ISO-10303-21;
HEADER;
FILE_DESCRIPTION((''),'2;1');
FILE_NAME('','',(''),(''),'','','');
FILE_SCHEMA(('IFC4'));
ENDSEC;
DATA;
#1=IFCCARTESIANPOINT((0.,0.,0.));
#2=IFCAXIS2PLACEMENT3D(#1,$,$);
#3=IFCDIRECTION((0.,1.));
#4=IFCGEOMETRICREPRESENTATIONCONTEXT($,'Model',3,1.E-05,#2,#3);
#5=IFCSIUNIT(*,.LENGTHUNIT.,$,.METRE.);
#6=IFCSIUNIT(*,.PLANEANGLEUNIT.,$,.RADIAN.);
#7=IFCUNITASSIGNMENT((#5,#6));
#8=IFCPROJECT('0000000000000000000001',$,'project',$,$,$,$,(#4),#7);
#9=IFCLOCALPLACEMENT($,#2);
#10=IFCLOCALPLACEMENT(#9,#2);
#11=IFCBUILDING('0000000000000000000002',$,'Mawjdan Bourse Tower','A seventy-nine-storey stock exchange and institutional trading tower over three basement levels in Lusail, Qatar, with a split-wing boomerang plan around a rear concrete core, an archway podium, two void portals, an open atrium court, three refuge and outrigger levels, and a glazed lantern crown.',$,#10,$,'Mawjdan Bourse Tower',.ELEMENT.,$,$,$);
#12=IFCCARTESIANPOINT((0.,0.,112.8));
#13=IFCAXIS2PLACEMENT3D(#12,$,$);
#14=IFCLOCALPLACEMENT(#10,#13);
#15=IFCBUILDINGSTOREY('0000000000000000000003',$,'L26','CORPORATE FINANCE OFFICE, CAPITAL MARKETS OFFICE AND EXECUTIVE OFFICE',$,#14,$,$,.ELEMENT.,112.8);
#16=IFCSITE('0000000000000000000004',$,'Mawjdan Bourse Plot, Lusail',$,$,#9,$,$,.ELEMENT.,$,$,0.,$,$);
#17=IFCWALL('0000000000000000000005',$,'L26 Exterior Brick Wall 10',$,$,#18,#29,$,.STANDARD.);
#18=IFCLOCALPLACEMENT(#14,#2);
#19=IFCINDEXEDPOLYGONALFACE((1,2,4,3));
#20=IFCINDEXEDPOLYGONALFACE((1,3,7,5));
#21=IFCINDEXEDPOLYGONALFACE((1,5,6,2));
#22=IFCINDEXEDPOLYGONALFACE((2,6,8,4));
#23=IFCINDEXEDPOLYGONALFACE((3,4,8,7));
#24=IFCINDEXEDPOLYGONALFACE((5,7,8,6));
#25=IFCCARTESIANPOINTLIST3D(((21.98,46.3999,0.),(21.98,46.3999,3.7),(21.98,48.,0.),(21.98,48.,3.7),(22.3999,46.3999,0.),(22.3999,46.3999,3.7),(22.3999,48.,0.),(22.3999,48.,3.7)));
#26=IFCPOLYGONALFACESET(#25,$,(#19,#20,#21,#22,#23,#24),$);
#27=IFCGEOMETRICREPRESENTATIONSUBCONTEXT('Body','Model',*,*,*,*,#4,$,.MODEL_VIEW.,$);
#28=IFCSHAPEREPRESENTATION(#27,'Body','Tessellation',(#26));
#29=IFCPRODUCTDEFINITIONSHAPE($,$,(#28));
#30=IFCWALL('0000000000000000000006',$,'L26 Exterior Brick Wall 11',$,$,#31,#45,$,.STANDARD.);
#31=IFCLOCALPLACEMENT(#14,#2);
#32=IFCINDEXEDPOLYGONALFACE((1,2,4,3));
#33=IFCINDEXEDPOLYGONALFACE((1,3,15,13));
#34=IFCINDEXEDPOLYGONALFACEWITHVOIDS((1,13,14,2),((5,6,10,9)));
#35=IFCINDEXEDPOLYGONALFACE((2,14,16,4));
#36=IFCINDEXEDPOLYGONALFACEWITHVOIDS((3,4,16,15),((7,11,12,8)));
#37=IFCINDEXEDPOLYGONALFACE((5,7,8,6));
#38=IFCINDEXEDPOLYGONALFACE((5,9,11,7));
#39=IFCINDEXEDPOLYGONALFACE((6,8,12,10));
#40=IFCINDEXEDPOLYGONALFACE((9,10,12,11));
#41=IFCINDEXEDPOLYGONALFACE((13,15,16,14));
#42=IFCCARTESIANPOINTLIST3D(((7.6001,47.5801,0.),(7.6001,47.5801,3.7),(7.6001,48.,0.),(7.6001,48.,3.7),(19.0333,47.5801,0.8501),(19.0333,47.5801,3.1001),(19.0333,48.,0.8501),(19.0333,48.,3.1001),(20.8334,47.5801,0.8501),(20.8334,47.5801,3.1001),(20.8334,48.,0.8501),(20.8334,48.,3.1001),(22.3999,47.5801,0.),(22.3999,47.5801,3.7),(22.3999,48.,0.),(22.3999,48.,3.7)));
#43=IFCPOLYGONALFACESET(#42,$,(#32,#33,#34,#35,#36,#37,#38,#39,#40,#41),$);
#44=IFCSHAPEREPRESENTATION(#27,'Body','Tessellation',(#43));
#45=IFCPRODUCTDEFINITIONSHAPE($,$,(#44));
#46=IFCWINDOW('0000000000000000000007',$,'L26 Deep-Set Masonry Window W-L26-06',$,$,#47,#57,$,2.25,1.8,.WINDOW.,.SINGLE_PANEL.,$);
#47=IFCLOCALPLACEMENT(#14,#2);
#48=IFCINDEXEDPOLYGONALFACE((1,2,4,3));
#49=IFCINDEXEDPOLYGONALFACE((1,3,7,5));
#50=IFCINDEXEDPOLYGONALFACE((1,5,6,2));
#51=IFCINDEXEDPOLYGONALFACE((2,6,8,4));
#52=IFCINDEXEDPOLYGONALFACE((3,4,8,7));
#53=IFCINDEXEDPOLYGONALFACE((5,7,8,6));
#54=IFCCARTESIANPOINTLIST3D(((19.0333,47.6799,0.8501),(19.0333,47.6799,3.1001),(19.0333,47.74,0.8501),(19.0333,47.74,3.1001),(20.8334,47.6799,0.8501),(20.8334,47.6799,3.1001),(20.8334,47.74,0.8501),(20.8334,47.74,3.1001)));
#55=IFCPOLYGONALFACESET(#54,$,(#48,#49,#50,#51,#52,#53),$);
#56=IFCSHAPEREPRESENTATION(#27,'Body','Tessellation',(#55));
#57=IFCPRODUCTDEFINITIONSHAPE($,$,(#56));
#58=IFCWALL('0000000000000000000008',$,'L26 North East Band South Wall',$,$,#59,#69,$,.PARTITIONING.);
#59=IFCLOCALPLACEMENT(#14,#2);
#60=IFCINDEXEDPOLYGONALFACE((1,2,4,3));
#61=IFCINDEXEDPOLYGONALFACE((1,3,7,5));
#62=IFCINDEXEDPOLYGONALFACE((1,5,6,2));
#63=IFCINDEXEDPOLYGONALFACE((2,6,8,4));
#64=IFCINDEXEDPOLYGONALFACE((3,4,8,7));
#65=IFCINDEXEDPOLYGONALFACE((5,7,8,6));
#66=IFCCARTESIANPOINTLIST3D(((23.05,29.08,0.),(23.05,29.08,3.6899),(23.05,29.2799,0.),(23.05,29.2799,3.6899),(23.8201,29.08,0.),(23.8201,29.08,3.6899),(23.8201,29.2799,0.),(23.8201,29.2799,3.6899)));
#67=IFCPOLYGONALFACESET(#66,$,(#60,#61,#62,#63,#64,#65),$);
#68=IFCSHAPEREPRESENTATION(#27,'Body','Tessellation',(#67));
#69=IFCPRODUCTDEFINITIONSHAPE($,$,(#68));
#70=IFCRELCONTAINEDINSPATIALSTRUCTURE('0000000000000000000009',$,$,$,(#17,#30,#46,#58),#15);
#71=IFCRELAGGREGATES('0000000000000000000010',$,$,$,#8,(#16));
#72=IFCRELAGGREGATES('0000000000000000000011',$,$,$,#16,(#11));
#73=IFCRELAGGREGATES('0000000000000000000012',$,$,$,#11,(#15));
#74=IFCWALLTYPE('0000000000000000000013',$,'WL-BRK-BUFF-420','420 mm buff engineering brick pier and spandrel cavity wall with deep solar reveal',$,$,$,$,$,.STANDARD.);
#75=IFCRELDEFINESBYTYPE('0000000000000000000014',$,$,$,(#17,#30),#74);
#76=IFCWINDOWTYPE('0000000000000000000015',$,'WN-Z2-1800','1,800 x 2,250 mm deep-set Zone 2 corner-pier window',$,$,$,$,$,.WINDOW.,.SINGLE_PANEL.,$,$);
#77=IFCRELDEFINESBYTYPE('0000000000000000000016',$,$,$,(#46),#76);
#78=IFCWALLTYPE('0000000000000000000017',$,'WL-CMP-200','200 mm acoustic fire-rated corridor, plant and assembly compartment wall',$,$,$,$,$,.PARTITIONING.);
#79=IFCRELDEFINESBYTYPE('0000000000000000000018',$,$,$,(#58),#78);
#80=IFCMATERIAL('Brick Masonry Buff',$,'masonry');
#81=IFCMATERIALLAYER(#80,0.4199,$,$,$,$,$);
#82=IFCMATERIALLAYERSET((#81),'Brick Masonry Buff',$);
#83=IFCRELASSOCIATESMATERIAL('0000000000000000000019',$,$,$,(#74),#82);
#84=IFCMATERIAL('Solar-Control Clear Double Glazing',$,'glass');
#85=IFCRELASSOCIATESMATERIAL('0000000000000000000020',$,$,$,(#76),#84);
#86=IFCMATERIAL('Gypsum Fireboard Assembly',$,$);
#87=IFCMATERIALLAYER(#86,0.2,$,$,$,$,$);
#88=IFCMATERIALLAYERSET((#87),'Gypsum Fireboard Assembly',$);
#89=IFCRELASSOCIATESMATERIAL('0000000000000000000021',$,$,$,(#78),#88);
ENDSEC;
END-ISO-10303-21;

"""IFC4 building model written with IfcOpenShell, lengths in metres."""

from ifc_helpers import new_model, si_unit, direction, frame, frame_2d, origin, place, context, subcontext, project, spatial, rectangle, extrude, material, layer, layer_set, type_object, element, fill, save


model = new_model("IFC4")

# Units and contexts
model_context = context("Model", 3, precision=1e-05, world=origin(), true_north=direction((0.0, 1.0)))
body_context = subcontext(model_context, "Body", "Model", "MODEL_VIEW")
ifc_project = project(units=[si_unit("LENGTHUNIT", "METRE"), si_unit("PLANEANGLEUNIT", "RADIAN")], contexts=[model_context])

# Site, building, storey
site_placement = place(None, origin())
site = spatial("IfcSite", under=ifc_project, at=site_placement, Name="Mawjdan Bourse Plot, Lusail", CompositionType="ELEMENT", RefElevation=0.0)
building_placement = place(site_placement, origin())
building = spatial("IfcBuilding", under=site, at=building_placement, Name="Mawjdan Bourse Tower", Description="A seventy-nine-storey stock exchange and institutional trading tower over three basement levels in Lusail, Qatar, with a split-wing boomerang plan around a rear concrete core, an archway podium, two void portals, an open atrium court, three refuge and outrigger levels, and a glazed lantern crown.", LongName="Mawjdan Bourse Tower", CompositionType="ELEMENT")
storey_placement = place(building_placement, frame((0.0, 0.0, 112.8)))
storey = spatial("IfcBuildingStorey", under=building, at=storey_placement, Name="L26", Description="CORPORATE FINANCE OFFICE, CAPITAL MARKETS OFFICE AND EXECUTIVE OFFICE", CompositionType="ELEMENT", Elevation=112.8)

# Wall
ifc_material_1 = material(Name="Brick Masonry Buff", Category="masonry")
ifc_layer_1 = layer(ifc_material_1, 0.4199)
ifc_layer_set_1 = layer_set([ifc_layer_1], Name="Brick Masonry Buff")
wall_type_1 = type_object("IfcWallType", Name="WL-BRK-BUFF-420", Description="420 mm buff engineering brick pier and spandrel cavity wall with deep solar reveal", PredefinedType="STANDARD", material=ifc_layer_set_1)
for number, where, z_axis, x_axis, name in (
    (1, (22.1899, 46.3999, 0.0), (0.0, 0.0, 1.0), (0.0, 1.0, 0.0), "L26 Exterior Brick Wall 10"),
):
    element("IfcWall", number, at=place(storey_placement, frame(where, z_axis=z_axis, x_axis=x_axis)), inside=storey, type_object=wall_type_1, Name=name, PredefinedType="STANDARD", context=body_context, shape_type="SweptSolid", body=[
        extrude(rectangle(XDim=1.6001, YDim=0.4199, at=frame_2d((0.8, 0.0))), origin(), (0.0, 0.0, 1.0), 3.7),
    ])

# Wall, opening, window
wall_1_placement = place(storey_placement, frame((22.3999, 47.79, 0.0), z_axis=(0.0, 0.0, 1.0), x_axis=(-1.0, 0.0, 0.0)))
wall_1 = element("IfcWall", 2, at=wall_1_placement, inside=storey, type_object=wall_type_1, Name="L26 Exterior Brick Wall 11", PredefinedType="STANDARD", context=body_context, shape_type="SweptSolid", body=[
    extrude(rectangle(XDim=14.7998, YDim=0.4199, at=frame_2d((7.3999, 0.0))), origin(), (0.0, 0.0, 1.0), 3.7),
])
opening_placement = place(wall_1_placement, frame((1.5667, 0.0, 0.8501)))
opening = element("IfcOpeningElement", 3, at=opening_placement, cuts=wall_1, PredefinedType="OPENING", context=body_context, shape_type="SweptSolid", body=[
    extrude(rectangle(XDim=1.8, YDim=2.25, at=frame_2d((0.8999, 1.125))), frame((0.0, 0.22, 0.0), z_axis=(0.0, -1.0, 0.0), x_axis=(1.0, 0.0, 0.0)), (0.0, 0.0, 1.0), 0.4399),
])
ifc_material_2 = material(Name="Solar-Control Clear Double Glazing", Category="glass")
window_type = type_object("IfcWindowType", Name="WN-Z2-1800", Description="1,800 x 2,250 mm deep-set Zone 2 corner-pier window", PartitioningType="SINGLE_PANEL", PredefinedType="WINDOW", material=ifc_material_2)
window_placement = place(opening_placement, origin())
window = element("IfcWindow", 4, at=window_placement, inside=storey, type_object=window_type, Name="L26 Deep-Set Masonry Window W-L26-06", OverallHeight=2.25, OverallWidth=1.8, PartitioningType="SINGLE_PANEL", PredefinedType="WINDOW", context=body_context, shape_type="SweptSolid", body=[
    extrude(rectangle(XDim=1.8, YDim=2.25, at=frame_2d((0.8999, 1.125))), frame((0.0, 0.1101, 0.0), z_axis=(0.0, -1.0, 0.0), x_axis=(1.0, 0.0, 0.0)), (0.0, 0.0, 1.0), 0.0601),
])
fill(opening, window)

# Wall
ifc_material_3 = material(Name="Gypsum Fireboard Assembly")
ifc_layer_2 = layer(ifc_material_3, 0.2)
ifc_layer_set_2 = layer_set([ifc_layer_2], Name="Gypsum Fireboard Assembly")
wall_type_2 = type_object("IfcWallType", Name="WL-CMP-200", Description="200 mm acoustic fire-rated corridor, plant and assembly compartment wall", PredefinedType="PARTITIONING", material=ifc_layer_set_2)
wall_2_placement = place(storey_placement, frame((23.05, 29.1799, 0.0), z_axis=(0.0, 0.0, 1.0), x_axis=(1.0, 0.0, 0.0)))
element("IfcWall", 5, at=wall_2_placement, inside=storey, type_object=wall_type_2, Name="L26 North East Band South Wall", PredefinedType="PARTITIONING", context=body_context, shape_type="SweptSolid", body=[
    extrude(rectangle(XDim=0.77, YDim=0.2, at=frame_2d((0.385, 0.0))), origin(), (0.0, 0.0, 1.0), 3.6899),
])

save(model, "model.ifc")
